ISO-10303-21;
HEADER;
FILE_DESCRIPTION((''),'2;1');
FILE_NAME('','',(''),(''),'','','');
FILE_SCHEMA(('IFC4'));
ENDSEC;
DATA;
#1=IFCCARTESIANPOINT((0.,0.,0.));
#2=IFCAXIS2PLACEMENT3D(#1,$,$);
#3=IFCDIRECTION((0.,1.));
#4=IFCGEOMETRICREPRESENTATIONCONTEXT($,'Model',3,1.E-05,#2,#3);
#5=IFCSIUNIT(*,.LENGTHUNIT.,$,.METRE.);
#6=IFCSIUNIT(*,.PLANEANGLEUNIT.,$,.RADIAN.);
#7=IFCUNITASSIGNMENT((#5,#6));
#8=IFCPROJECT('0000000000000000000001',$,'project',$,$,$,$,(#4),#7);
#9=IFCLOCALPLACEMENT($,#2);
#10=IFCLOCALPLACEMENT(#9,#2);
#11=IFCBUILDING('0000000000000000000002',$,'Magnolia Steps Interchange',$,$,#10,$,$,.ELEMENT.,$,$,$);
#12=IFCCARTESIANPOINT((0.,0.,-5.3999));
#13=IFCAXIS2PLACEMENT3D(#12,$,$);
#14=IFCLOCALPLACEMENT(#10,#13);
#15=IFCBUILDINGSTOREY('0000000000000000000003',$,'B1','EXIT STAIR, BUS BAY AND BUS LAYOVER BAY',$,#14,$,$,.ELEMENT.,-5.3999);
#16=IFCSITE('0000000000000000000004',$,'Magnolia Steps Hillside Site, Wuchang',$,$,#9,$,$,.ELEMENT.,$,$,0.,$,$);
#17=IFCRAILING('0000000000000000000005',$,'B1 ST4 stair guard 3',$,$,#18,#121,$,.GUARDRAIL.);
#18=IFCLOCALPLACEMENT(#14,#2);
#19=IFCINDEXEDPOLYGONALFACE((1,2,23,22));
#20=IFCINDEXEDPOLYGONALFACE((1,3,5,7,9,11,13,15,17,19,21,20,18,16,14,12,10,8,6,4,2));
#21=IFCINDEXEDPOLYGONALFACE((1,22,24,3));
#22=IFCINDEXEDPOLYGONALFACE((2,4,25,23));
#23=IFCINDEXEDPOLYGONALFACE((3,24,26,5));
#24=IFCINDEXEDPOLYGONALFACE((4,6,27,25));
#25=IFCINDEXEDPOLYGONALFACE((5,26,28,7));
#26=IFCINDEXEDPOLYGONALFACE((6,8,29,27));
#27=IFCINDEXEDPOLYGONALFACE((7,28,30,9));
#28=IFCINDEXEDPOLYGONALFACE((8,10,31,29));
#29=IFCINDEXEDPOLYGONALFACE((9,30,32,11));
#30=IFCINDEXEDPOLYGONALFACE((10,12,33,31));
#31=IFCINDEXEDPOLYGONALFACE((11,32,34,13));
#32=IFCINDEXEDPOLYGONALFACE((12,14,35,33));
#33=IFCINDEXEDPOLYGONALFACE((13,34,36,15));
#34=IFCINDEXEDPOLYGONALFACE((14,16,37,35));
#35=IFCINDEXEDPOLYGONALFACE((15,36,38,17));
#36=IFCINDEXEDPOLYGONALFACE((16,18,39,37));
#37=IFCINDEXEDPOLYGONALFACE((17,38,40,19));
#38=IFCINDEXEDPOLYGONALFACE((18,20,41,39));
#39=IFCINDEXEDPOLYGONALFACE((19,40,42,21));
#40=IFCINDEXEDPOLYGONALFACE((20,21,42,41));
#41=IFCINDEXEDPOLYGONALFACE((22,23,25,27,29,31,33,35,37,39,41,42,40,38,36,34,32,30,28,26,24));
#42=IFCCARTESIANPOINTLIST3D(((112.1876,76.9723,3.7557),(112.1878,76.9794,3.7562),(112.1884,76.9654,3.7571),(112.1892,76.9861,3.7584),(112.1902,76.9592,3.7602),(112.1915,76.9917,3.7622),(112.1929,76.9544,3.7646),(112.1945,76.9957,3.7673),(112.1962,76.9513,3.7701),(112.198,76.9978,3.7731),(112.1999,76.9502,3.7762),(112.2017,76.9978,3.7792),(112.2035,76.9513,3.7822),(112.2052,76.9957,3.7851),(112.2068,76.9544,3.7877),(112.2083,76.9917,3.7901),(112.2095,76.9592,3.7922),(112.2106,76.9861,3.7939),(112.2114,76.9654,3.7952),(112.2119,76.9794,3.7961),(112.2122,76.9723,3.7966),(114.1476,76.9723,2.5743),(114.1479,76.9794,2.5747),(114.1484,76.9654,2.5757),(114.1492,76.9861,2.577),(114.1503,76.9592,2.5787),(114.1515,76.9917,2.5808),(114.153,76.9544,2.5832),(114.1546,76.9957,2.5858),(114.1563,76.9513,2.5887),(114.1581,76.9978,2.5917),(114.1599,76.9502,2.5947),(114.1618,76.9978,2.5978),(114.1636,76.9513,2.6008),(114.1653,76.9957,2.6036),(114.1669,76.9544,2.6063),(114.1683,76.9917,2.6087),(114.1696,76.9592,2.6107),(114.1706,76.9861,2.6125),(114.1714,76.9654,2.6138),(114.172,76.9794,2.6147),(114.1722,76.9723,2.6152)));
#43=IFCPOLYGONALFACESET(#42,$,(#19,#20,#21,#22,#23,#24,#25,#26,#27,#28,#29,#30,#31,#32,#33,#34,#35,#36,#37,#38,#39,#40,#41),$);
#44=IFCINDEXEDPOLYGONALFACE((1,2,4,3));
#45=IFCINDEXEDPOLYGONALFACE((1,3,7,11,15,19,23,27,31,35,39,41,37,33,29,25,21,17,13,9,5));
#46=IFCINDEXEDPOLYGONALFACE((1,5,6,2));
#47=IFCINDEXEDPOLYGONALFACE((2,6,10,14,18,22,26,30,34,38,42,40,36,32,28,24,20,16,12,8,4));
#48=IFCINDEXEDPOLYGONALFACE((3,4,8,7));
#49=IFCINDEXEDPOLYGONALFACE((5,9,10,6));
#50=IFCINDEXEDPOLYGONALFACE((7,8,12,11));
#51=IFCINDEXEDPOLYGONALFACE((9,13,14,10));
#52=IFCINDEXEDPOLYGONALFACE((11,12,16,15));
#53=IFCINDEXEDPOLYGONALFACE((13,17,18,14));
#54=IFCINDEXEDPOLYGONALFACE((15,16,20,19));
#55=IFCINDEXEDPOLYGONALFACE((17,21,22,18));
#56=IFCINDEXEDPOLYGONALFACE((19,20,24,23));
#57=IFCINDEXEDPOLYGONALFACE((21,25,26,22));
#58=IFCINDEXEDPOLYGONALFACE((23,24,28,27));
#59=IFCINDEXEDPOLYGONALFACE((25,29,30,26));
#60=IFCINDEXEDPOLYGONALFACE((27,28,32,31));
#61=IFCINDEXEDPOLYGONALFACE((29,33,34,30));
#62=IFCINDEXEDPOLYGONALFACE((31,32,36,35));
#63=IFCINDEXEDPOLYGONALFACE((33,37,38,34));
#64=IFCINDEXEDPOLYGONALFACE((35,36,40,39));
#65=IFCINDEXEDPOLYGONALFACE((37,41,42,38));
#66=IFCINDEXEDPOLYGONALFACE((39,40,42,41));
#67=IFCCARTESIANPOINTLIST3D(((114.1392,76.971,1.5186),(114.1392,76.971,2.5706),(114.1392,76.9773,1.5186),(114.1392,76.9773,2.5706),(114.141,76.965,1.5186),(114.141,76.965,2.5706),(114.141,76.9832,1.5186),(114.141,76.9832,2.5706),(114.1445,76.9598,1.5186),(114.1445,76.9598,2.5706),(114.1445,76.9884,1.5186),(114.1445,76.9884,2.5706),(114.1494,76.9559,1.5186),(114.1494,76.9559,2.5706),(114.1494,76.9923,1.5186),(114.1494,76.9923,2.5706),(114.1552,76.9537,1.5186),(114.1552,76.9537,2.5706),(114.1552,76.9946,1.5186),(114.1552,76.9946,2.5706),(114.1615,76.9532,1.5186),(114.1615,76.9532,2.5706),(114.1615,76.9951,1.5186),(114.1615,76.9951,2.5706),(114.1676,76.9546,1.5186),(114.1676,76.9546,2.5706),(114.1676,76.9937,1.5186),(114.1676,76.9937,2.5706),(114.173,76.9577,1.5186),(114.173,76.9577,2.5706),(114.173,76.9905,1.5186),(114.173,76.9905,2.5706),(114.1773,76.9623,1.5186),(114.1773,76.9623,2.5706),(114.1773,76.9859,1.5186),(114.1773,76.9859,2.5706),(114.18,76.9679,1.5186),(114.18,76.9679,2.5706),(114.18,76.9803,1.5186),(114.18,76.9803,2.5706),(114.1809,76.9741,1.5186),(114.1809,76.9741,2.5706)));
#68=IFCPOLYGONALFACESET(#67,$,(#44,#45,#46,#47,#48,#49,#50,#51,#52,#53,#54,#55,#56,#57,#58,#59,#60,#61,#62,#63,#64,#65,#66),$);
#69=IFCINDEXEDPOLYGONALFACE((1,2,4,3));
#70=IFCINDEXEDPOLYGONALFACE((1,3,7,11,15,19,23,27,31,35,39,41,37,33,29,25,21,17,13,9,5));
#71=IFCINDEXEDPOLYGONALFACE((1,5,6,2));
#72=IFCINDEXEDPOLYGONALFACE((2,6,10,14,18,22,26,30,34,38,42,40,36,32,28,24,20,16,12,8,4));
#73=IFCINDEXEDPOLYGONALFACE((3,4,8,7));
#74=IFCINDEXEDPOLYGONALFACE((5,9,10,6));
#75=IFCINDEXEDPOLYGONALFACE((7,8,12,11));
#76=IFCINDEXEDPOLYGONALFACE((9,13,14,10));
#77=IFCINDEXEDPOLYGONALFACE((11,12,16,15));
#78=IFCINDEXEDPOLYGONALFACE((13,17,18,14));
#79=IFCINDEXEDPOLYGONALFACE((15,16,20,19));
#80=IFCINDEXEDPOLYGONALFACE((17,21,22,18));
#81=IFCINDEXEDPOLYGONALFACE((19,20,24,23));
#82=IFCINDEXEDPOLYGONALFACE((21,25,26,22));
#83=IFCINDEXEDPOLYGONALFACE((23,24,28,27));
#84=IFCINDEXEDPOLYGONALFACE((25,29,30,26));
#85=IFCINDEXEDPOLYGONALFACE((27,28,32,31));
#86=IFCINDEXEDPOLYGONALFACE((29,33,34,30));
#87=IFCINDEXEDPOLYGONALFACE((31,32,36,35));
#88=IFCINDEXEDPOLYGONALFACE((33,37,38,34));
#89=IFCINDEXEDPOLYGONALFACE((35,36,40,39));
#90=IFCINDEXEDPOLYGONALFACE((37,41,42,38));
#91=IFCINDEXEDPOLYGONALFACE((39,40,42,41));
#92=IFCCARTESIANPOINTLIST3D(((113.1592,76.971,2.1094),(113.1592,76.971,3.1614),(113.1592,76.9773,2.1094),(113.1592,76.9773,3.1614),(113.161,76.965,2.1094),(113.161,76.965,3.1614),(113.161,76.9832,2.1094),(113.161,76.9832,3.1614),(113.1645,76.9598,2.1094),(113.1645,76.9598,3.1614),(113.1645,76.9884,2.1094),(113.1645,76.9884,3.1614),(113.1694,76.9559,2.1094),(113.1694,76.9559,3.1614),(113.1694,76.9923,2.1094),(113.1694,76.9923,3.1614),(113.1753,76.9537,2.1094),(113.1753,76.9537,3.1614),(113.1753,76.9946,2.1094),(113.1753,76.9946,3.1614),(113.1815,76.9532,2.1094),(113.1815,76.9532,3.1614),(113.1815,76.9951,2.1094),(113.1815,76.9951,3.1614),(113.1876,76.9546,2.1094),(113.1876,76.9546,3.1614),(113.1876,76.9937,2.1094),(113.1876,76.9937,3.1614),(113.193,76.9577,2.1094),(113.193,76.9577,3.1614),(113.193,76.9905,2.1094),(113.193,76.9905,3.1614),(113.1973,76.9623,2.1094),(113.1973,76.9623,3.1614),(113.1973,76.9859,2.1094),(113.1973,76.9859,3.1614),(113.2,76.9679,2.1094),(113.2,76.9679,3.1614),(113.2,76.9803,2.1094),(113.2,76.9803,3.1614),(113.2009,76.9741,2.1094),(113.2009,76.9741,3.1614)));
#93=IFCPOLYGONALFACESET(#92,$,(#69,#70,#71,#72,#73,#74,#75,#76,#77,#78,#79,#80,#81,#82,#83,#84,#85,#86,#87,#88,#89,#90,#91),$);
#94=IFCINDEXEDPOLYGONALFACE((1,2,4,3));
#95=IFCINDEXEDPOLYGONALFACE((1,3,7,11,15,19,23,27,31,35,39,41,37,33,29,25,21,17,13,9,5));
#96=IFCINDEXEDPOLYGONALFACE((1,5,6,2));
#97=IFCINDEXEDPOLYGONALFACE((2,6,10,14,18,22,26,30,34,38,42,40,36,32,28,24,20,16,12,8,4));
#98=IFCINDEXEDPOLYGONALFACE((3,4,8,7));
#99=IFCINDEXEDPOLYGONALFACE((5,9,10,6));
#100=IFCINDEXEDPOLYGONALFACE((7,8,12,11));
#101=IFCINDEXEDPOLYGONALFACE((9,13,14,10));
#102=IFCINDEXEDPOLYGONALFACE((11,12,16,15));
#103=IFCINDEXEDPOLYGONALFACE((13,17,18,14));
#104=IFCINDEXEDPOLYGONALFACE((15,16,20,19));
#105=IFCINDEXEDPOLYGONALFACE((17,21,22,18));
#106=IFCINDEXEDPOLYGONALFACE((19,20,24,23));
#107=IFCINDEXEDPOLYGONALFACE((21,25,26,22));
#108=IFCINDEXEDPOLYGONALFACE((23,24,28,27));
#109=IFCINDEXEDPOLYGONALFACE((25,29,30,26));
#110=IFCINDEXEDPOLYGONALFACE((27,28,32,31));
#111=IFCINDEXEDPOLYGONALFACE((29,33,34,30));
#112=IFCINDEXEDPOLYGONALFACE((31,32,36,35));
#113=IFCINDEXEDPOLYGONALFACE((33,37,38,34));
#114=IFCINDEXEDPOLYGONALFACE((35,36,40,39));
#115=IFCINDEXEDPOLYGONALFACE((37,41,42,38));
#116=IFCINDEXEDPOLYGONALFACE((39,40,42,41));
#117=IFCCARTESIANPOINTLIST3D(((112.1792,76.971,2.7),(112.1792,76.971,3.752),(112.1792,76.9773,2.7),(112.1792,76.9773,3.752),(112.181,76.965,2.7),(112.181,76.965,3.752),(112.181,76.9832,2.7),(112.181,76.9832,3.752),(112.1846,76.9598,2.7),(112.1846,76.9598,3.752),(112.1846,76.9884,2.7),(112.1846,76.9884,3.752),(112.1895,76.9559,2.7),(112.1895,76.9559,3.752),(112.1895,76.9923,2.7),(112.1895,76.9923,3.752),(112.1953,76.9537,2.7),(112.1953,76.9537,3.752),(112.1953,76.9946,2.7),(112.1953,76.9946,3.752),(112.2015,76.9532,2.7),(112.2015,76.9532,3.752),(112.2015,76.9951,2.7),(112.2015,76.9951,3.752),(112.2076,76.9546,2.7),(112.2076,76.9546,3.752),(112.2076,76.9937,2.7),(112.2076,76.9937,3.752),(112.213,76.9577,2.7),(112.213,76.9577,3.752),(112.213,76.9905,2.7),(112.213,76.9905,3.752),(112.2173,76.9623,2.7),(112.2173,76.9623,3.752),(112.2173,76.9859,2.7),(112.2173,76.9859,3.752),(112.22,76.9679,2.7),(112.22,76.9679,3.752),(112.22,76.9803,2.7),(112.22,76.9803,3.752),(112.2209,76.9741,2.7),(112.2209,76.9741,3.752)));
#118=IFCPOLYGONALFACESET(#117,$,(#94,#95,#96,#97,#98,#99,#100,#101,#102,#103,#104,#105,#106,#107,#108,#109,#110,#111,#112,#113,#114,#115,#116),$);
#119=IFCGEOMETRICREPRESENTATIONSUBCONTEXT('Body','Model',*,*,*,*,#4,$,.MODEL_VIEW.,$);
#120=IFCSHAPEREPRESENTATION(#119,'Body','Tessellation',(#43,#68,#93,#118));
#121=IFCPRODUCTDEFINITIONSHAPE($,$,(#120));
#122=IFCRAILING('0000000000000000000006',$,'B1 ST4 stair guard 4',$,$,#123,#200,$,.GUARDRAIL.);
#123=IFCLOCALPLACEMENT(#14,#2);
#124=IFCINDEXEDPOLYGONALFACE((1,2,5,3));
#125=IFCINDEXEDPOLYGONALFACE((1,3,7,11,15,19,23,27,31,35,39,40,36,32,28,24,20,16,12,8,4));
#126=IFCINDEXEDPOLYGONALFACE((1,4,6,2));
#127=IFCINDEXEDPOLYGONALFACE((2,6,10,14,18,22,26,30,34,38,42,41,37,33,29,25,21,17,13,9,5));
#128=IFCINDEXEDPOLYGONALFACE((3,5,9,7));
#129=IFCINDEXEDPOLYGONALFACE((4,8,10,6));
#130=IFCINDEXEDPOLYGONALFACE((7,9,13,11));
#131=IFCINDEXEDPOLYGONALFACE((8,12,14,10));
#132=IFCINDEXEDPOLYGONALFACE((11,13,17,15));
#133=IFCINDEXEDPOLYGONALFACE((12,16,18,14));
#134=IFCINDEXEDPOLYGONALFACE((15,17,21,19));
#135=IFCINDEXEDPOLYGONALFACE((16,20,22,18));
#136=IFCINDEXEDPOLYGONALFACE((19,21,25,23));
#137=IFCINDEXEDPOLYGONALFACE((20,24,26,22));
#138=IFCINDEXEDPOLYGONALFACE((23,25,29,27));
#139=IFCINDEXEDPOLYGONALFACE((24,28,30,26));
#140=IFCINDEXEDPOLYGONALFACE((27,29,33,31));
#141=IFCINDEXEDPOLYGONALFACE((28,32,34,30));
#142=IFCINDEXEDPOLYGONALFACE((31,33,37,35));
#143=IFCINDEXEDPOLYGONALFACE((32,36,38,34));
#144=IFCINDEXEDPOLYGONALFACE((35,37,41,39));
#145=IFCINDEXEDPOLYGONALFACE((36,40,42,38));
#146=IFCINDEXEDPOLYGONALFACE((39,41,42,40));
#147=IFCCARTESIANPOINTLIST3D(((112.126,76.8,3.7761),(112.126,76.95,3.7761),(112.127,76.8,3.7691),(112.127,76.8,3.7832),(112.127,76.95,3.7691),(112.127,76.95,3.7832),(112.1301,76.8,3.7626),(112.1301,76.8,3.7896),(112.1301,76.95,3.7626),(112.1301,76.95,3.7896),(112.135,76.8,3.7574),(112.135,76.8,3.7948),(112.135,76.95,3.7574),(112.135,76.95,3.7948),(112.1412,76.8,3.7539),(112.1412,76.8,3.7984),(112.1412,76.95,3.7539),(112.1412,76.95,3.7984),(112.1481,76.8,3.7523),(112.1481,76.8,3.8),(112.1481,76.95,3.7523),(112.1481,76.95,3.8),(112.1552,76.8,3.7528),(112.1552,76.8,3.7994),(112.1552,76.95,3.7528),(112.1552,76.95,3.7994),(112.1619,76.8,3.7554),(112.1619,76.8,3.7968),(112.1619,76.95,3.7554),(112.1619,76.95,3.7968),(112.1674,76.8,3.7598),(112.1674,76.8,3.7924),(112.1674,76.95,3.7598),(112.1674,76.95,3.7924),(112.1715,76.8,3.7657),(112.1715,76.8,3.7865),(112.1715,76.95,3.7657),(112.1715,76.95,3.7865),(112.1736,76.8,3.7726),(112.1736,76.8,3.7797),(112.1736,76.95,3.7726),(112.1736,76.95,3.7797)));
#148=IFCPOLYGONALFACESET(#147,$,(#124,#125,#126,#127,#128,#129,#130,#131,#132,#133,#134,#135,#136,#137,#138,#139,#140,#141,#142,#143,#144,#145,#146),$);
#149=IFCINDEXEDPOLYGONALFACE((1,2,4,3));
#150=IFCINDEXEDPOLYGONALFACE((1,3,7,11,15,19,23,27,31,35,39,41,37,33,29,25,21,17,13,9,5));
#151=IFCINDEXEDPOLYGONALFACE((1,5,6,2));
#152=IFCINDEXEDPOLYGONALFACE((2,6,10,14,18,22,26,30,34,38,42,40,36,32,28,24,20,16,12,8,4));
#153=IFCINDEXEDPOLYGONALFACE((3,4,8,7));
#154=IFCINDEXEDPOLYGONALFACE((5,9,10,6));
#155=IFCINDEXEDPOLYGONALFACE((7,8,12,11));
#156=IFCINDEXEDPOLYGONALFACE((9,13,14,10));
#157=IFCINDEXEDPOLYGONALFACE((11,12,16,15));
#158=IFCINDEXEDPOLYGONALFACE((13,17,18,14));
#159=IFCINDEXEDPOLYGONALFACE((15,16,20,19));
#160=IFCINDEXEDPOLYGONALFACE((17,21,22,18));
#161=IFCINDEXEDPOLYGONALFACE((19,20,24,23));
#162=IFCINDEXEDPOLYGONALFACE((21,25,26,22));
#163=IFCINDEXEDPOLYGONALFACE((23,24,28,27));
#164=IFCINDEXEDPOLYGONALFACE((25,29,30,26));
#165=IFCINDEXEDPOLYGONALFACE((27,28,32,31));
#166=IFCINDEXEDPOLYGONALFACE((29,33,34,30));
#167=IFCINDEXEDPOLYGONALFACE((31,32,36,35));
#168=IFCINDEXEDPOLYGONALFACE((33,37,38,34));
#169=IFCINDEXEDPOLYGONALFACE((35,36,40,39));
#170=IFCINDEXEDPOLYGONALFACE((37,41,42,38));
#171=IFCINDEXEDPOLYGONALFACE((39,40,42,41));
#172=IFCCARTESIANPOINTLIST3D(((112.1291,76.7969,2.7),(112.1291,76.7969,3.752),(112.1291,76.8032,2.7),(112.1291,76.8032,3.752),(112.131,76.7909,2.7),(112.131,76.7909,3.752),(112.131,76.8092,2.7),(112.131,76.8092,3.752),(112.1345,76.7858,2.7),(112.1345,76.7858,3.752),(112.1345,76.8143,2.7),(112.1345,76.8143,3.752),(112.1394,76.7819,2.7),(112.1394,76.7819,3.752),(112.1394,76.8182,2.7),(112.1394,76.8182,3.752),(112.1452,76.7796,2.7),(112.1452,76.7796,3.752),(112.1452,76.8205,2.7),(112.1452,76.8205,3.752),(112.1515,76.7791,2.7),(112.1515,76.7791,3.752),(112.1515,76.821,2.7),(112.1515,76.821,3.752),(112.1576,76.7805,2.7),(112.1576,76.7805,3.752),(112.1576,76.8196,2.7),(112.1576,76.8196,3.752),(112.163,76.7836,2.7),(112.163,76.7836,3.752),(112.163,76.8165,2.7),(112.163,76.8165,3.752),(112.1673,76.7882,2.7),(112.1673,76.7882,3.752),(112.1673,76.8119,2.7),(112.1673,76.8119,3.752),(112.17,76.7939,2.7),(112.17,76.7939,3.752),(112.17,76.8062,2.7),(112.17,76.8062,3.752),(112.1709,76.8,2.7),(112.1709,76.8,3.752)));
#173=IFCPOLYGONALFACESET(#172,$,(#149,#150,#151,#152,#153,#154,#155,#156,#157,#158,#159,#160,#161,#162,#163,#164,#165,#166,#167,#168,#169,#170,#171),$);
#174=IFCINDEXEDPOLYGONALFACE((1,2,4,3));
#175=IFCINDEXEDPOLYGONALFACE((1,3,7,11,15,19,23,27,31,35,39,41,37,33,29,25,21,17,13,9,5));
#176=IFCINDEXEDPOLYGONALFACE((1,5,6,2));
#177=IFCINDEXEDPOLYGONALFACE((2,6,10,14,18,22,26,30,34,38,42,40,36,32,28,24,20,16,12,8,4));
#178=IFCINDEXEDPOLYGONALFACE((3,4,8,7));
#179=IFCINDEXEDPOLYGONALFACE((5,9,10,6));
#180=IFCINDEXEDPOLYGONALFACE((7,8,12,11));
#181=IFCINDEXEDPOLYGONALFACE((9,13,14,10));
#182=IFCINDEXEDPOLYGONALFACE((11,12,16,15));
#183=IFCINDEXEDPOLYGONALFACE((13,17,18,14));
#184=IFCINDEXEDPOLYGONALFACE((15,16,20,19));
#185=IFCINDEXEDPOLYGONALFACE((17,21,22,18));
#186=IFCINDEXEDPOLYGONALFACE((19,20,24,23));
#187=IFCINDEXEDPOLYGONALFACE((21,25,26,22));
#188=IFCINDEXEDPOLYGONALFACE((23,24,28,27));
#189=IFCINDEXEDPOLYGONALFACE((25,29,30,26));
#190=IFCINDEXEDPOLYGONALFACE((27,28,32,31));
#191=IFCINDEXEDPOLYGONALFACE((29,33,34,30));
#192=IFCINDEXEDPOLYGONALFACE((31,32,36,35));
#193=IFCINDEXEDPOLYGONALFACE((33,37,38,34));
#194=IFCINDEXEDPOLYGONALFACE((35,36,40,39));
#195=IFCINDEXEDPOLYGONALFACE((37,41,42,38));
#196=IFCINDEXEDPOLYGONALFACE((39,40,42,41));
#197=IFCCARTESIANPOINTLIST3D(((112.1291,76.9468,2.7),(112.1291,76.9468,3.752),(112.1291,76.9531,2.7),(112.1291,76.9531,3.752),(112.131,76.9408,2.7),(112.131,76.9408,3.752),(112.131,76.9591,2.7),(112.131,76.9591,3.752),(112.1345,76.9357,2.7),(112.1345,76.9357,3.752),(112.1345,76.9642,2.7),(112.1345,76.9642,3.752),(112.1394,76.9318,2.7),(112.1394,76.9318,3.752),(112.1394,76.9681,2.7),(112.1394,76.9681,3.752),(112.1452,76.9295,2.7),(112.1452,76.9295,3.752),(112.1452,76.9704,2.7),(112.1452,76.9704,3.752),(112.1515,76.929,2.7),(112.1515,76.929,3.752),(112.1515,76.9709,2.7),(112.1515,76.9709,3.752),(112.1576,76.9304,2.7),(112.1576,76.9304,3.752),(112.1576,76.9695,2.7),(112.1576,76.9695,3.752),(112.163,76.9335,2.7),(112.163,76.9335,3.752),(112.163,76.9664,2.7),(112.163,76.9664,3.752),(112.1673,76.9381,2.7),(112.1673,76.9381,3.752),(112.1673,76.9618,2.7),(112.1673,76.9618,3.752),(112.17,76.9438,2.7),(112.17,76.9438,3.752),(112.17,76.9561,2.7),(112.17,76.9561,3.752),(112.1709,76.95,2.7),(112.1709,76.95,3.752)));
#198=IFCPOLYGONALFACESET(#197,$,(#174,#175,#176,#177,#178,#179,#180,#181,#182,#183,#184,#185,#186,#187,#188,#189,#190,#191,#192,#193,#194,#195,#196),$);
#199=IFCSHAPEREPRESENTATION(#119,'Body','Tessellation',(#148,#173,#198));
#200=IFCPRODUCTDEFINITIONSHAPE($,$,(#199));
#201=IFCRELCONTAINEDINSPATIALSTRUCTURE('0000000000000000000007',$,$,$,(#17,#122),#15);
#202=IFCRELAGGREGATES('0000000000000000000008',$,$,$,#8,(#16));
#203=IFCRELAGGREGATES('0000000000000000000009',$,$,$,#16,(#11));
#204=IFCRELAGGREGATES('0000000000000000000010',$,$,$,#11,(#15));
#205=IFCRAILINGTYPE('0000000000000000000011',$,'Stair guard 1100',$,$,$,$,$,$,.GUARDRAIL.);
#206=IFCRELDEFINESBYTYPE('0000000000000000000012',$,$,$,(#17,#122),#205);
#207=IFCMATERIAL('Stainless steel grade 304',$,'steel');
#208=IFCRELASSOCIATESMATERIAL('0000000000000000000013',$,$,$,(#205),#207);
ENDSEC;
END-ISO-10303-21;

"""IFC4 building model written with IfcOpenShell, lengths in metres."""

from ifc_helpers import new_model, si_unit, direction, frame, origin, origin_2d, place, context, subcontext, project, spatial, circle, extrude, material, type_object, element, save


model = new_model("IFC4")

# Units and contexts
model_context = context("Model", 3, precision=1e-05, world=origin(), true_north=direction((0.0, 1.0)))
body_context = subcontext(model_context, "Body", "Model", "MODEL_VIEW")
ifc_project = project(units=[si_unit("LENGTHUNIT", "METRE"), si_unit("PLANEANGLEUNIT", "RADIAN")], contexts=[model_context])

# Site, building, storey
site_placement = place(None, origin())
site = spatial("IfcSite", under=ifc_project, at=site_placement, Name="Magnolia Steps Hillside Site, Wuchang", CompositionType="ELEMENT", RefElevation=0.0)
building_placement = place(site_placement, origin())
building = spatial("IfcBuilding", under=site, at=building_placement, Name="Magnolia Steps Interchange", CompositionType="ELEMENT")
storey_placement = place(building_placement, frame((0.0, 0.0, -5.3999)))
storey = spatial("IfcBuildingStorey", under=building, at=storey_placement, Name="B1", Description="EXIT STAIR, BUS BAY AND BUS LAYOVER BAY", CompositionType="ELEMENT", Elevation=-5.3999)

# Railings
ifc_material_1 = material(Name="Stainless steel grade 304", Category="steel")
railing_type_1 = type_object("IfcRailingType", Name="Stair guard 1100", PredefinedType="GUARDRAIL", material=ifc_material_1)
railing_1_placement = place(storey_placement, frame((114.1599, 76.9741, 1.5186)))
element("IfcRailing", 1, at=railing_1_placement, inside=storey, type_object=railing_type_1, Name="B1 ST4 stair guard 3", PredefinedType="GUARDRAIL", context=body_context, shape_type="SweptSolid", body=[
    extrude(circle(Radius=0.0239, at=origin_2d()), frame((0.0, 0.0, 1.0762), z_axis=(-0.856446, 0.0, 0.516236), x_axis=(0.0, -1.0, 0.0)), (0.0, 0.0, 1.0), 2.2886),
    extrude(circle(Radius=0.021, at=origin_2d()), origin(), (0.0, 0.0, 1.0), 1.052),
    extrude(circle(Radius=0.021, at=origin_2d()), frame((-0.98, 0.0, 0.5908)), (0.0, 0.0, 1.0), 1.052),
    extrude(circle(Radius=0.021, at=origin_2d()), frame((-1.96, 0.0, 1.1814)), (0.0, 0.0, 1.0), 1.052),
])
railing_2_placement = place(storey_placement, frame((112.1499, 76.8, 2.7)))
element("IfcRailing", 2, at=railing_2_placement, inside=storey, type_object=railing_type_1, Name="B1 ST4 stair guard 4", PredefinedType="GUARDRAIL", context=body_context, shape_type="SweptSolid", body=[
    extrude(circle(Radius=0.0239, at=origin_2d()), frame((0.0, 0.0, 1.0762), z_axis=(0.0, 1.0, 0.0), x_axis=(-1.0, 0.0, 0.0)), (0.0, 0.0, 1.0), 0.1499),
    extrude(circle(Radius=0.021, at=origin_2d()), origin(), (0.0, 0.0, 1.0), 1.052),
    extrude(circle(Radius=0.021, at=origin_2d()), frame((0.0, 0.1499, 0.0)), (0.0, 0.0, 1.0), 1.052),
])

save(model, "model.ifc")
